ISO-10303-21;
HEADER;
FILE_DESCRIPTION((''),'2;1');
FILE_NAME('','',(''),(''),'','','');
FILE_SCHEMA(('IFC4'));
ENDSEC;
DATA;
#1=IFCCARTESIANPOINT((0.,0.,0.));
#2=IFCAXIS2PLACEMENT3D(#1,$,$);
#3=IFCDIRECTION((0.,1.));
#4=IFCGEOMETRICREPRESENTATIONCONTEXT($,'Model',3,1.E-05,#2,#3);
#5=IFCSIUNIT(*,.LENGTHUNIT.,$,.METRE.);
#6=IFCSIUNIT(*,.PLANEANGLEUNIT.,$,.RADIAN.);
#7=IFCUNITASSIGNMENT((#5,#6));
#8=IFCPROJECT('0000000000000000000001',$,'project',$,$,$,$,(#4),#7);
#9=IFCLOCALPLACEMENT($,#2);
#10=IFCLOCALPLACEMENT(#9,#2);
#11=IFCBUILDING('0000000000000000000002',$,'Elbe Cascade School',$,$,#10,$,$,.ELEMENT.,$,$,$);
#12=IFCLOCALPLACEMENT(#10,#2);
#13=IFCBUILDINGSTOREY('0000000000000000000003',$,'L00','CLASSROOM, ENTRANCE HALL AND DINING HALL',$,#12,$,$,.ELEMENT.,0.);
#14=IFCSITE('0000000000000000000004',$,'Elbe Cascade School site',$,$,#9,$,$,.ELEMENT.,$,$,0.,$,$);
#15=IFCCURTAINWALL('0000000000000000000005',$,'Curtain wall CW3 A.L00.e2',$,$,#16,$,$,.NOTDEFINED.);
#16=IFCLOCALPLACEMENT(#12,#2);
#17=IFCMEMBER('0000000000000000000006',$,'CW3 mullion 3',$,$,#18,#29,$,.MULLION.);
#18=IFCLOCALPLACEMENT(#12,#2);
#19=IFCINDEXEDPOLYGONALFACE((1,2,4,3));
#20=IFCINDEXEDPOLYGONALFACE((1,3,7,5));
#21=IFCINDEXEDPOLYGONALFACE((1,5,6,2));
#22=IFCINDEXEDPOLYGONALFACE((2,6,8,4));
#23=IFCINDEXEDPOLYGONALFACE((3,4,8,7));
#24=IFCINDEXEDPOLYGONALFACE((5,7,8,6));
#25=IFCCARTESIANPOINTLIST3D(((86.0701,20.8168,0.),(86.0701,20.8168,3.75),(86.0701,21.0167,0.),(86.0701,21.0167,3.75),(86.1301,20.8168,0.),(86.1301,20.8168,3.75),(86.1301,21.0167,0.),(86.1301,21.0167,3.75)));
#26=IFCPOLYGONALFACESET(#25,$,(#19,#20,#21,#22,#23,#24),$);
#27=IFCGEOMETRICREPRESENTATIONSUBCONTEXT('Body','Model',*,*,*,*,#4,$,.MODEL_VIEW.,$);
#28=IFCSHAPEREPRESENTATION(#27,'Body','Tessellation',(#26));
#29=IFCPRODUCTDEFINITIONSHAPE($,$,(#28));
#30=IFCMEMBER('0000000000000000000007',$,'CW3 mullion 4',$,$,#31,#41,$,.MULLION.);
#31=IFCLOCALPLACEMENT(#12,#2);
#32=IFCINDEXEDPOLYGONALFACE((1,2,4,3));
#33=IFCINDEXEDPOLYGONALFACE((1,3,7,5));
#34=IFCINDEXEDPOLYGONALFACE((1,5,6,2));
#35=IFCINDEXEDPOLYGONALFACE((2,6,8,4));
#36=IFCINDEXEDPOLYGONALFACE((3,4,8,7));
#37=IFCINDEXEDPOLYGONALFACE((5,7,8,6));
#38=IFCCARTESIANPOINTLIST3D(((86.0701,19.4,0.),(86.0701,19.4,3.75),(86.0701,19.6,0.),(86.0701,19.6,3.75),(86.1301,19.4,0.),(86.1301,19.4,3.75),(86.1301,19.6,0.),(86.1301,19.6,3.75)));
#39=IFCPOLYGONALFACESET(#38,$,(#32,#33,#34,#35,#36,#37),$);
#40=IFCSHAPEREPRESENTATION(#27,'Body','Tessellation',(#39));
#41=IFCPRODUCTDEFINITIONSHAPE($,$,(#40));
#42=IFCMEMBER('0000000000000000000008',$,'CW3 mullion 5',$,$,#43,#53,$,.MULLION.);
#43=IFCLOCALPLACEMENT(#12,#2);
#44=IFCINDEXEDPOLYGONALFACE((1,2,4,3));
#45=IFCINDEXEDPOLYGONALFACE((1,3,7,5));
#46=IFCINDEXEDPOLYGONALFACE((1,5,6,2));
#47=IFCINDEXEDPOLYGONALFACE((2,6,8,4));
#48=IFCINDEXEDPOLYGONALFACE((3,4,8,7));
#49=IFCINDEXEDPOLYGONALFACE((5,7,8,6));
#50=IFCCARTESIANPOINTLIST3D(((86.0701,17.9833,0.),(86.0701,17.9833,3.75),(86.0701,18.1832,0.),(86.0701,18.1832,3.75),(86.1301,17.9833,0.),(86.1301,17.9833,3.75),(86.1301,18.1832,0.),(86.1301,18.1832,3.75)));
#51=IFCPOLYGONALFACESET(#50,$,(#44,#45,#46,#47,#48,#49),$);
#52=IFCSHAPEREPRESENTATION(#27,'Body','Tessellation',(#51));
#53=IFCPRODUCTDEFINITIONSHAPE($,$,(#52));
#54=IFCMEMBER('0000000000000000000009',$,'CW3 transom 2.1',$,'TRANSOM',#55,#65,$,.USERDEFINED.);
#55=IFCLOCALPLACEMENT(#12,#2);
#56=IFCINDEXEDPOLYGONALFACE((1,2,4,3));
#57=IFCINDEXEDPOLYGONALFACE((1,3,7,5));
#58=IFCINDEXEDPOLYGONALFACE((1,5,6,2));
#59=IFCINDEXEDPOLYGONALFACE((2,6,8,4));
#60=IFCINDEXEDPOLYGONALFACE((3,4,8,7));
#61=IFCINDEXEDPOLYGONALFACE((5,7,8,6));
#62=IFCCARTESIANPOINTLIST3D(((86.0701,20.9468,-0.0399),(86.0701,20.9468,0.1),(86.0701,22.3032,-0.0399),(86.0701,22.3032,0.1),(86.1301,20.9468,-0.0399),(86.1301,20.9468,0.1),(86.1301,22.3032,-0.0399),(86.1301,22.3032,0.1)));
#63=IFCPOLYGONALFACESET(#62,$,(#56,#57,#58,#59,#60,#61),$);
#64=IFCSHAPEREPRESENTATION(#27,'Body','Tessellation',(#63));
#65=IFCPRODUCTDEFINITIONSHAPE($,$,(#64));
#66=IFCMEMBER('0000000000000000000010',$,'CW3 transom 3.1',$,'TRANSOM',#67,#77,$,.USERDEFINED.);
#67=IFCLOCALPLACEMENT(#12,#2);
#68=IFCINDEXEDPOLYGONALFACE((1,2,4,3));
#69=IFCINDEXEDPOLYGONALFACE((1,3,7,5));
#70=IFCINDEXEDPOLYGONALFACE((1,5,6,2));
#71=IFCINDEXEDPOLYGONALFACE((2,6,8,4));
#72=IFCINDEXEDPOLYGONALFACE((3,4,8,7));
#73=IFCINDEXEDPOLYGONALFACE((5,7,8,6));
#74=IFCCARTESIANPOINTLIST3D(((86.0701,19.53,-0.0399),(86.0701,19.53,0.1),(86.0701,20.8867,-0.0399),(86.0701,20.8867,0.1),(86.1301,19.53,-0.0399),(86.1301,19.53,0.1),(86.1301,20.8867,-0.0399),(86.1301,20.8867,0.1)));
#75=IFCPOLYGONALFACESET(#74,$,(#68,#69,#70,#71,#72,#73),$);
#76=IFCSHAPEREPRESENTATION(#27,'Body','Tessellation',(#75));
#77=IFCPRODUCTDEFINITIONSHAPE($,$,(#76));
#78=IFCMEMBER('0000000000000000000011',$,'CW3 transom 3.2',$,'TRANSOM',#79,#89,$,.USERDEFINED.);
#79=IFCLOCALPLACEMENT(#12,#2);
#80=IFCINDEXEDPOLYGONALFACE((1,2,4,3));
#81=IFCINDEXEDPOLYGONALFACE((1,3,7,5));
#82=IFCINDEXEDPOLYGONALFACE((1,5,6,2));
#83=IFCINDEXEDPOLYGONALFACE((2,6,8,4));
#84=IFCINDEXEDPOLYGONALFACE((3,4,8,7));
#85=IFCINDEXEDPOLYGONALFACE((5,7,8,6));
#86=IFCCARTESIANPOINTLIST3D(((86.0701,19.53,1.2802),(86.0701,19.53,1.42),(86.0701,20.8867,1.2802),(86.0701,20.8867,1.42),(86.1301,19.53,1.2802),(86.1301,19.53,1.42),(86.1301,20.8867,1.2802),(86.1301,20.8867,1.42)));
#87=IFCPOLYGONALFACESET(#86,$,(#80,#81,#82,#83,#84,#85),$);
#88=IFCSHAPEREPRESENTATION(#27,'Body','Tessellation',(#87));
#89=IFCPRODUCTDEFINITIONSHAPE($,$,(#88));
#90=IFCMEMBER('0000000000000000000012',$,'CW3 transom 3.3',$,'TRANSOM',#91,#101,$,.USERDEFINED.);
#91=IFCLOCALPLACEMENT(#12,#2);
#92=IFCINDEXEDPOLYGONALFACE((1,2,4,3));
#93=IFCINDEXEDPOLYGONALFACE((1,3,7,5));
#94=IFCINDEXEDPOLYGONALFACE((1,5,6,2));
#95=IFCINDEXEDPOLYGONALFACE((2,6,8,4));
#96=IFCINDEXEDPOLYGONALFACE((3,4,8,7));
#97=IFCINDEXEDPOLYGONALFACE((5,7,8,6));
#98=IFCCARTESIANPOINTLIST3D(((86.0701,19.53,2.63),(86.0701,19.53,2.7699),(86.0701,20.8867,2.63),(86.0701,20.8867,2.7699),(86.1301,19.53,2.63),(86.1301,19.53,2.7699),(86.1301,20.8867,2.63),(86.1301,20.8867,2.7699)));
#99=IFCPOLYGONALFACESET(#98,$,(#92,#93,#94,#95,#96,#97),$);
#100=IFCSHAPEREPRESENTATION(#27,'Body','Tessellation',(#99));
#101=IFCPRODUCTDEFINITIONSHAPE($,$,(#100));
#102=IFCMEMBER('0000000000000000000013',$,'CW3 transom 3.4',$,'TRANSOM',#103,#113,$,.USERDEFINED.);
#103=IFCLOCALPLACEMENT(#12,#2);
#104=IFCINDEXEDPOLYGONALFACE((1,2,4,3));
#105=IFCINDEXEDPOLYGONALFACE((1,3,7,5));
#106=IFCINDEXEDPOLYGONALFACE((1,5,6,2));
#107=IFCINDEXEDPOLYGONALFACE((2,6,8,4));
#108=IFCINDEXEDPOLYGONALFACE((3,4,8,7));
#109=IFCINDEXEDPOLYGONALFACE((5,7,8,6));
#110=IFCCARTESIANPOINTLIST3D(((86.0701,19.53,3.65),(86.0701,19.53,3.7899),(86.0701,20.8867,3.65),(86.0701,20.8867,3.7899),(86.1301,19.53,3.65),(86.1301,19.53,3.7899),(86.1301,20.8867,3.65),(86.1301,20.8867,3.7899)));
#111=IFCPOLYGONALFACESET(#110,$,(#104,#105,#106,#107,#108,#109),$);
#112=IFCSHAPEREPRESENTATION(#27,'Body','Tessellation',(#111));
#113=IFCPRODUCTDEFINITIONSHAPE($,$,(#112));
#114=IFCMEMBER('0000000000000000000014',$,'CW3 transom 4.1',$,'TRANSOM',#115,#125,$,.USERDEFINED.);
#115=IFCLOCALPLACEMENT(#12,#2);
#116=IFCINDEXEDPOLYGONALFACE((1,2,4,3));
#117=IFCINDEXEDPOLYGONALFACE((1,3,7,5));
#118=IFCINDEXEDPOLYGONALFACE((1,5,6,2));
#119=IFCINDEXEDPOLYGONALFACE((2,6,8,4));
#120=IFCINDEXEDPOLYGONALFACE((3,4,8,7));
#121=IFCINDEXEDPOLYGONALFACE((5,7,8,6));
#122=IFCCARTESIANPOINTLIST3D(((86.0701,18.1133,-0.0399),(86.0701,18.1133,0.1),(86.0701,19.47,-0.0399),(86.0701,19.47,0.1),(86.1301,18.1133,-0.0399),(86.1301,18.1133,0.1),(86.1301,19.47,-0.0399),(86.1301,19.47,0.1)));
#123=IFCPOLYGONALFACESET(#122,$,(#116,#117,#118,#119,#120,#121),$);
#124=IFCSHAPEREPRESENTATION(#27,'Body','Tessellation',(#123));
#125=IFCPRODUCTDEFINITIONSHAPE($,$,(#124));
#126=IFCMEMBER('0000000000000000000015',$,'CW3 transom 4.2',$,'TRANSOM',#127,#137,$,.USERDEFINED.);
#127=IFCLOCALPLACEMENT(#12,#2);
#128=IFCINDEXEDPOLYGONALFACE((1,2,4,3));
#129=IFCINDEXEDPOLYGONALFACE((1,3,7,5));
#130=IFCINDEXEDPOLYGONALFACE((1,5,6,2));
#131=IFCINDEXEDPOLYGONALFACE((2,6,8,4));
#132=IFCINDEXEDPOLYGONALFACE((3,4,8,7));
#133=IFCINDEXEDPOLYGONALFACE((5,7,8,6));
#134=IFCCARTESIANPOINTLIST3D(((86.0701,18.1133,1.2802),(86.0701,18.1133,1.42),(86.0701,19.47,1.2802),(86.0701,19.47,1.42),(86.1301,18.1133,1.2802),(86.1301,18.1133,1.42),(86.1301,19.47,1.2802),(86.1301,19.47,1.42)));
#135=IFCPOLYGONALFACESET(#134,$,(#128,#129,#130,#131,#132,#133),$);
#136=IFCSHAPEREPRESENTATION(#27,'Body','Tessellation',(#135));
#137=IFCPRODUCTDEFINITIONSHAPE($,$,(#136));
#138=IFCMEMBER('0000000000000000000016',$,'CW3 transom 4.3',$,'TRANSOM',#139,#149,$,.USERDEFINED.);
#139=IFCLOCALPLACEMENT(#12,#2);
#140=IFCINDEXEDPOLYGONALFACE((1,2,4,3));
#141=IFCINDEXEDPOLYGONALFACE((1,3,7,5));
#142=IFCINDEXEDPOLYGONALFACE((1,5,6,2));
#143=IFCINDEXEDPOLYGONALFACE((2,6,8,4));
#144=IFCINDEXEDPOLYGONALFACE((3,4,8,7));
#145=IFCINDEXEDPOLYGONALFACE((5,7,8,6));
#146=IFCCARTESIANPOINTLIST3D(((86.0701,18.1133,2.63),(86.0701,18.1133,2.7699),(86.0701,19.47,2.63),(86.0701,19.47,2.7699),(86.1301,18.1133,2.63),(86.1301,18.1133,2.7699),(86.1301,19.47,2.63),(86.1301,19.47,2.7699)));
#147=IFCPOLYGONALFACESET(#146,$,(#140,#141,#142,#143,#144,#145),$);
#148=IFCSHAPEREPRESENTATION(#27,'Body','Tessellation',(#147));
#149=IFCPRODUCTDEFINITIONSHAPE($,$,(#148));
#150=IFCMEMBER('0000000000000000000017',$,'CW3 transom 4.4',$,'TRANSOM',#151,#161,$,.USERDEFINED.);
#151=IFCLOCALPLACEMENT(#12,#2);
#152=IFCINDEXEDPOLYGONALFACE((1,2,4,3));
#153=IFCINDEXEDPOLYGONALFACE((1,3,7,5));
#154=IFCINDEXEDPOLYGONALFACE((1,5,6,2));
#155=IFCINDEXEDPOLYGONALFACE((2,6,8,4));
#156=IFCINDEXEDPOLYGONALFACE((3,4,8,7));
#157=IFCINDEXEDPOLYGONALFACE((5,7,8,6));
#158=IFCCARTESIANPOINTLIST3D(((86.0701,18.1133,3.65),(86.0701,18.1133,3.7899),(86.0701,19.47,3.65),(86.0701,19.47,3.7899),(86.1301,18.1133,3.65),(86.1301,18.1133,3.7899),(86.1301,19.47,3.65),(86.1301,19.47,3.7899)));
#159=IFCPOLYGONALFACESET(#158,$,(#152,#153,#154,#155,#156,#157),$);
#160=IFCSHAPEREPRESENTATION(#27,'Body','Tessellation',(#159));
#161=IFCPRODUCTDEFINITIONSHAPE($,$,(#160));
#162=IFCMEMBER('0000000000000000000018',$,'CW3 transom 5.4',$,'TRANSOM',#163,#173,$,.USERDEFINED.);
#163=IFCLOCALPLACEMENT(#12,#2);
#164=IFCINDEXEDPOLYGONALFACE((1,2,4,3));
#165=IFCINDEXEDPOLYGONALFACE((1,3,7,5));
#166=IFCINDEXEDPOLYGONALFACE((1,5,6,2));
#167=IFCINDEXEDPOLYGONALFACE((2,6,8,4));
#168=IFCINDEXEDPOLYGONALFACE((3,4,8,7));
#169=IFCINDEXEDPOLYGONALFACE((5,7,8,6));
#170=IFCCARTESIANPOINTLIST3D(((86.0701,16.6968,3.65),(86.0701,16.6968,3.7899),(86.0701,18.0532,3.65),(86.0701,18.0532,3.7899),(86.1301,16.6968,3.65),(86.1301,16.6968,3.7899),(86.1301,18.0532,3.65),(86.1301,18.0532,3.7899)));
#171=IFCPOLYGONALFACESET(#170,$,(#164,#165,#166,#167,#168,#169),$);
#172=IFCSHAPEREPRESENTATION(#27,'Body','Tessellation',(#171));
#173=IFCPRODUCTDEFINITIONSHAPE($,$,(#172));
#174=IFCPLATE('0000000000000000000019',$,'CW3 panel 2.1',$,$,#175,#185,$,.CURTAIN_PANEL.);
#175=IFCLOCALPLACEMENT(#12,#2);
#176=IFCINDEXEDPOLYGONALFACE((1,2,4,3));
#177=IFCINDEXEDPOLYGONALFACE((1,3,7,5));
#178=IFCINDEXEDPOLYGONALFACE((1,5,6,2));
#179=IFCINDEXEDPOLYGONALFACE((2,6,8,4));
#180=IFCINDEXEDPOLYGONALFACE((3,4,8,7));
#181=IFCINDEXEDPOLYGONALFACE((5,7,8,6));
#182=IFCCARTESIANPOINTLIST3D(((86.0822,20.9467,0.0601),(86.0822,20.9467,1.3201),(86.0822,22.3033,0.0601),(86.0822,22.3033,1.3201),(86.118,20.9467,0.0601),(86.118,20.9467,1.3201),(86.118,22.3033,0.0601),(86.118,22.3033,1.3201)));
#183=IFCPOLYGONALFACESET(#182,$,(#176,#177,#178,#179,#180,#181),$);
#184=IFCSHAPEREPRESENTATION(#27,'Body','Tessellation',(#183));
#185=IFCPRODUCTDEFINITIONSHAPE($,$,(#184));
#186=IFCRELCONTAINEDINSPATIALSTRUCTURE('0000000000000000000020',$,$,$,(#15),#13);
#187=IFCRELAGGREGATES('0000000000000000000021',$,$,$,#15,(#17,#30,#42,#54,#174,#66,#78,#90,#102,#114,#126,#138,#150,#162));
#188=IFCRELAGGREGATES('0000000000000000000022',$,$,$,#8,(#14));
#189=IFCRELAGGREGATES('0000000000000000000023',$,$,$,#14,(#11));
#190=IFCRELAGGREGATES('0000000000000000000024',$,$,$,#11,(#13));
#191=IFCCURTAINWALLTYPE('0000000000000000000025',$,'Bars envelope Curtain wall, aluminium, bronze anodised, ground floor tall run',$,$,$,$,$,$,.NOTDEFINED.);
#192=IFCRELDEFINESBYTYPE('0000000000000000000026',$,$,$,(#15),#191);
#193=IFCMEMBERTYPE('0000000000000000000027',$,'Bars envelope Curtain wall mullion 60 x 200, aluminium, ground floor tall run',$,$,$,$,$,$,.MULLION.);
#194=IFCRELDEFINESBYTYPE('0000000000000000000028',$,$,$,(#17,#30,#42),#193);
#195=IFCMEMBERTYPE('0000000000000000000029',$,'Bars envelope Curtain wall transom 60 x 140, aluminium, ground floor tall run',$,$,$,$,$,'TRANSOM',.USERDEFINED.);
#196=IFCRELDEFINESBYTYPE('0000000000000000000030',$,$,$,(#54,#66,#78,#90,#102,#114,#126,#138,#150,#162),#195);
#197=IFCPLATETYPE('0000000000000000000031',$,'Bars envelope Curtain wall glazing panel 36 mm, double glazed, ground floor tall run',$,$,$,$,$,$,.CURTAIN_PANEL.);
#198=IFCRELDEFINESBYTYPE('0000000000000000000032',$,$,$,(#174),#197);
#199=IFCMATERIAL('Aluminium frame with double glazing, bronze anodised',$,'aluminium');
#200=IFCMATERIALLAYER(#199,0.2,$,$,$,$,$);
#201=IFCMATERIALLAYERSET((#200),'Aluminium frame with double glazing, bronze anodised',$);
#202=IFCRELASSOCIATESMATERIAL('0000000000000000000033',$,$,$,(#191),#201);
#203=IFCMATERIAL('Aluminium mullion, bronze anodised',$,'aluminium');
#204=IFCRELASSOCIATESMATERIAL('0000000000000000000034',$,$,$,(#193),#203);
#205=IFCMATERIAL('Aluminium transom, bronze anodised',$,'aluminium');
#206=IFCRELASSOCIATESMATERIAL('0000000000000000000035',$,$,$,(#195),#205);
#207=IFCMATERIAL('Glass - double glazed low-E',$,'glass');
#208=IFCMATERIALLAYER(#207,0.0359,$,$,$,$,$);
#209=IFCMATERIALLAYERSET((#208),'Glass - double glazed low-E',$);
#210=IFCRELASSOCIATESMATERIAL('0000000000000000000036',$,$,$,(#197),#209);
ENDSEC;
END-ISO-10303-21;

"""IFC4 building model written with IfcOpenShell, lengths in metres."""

from ifc_helpers import new_model, si_unit, direction, frame, origin, origin_2d, place, context, subcontext, project, spatial, rectangle, extrude, material, layer, layer_set, material_profile, profile_set, type_object, element, aggregate, save


model = new_model("IFC4")

# Units and contexts
model_context = context("Model", 3, precision=1e-05, world=origin(), true_north=direction((0.0, 1.0)))
body_context = subcontext(model_context, "Body", "Model", "MODEL_VIEW")
ifc_project = project(units=[si_unit("LENGTHUNIT", "METRE"), si_unit("PLANEANGLEUNIT", "RADIAN")], contexts=[model_context])

# Site, building, storey
site_placement = place(None, origin())
site = spatial("IfcSite", under=ifc_project, at=site_placement, Name="Elbe Cascade School site", CompositionType="ELEMENT", RefElevation=0.0)
building_placement = place(site_placement, origin())
building = spatial("IfcBuilding", under=site, at=building_placement, Name="Elbe Cascade School", CompositionType="ELEMENT")
storey_placement = place(building_placement, origin())
storey = spatial("IfcBuildingStorey", under=building, at=storey_placement, Name="L00", Description="CLASSROOM, ENTRANCE HALL AND DINING HALL", CompositionType="ELEMENT", Elevation=0.0)

# Curtain wall, members, plate
ifc_material_1 = material(Name="Aluminium frame with double glazing, bronze anodised", Category="aluminium")
ifc_layer_1 = layer(ifc_material_1, 0.2)
ifc_layer_set_1 = layer_set([ifc_layer_1], Name="Aluminium frame with double glazing, bronze anodised")
curtain_wall_type = type_object("IfcCurtainWallType", Name="Bars envelope Curtain wall, aluminium, bronze anodised, ground floor tall run", PredefinedType="NOTDEFINED", material=ifc_layer_set_1)
curtain_wall_placement = place(storey_placement, origin())
curtain_wall = element("IfcCurtainWall", 1, at=curtain_wall_placement, inside=storey, type_object=curtain_wall_type, Name="Curtain wall CW3 A.L00.e2", PredefinedType="NOTDEFINED")
ifc_material_2 = material(Name="Aluminium mullion, bronze anodised", Category="aluminium")
ifc_material_profile_1 = material_profile(ifc_material_2, rectangle(XDim=0.0601, YDim=0.2, at=origin_2d()), Name="Bars envelope Curtain wall mullion 60 x 200, aluminium, ground floor tall run")
ifc_profile_set_1 = profile_set([ifc_material_profile_1], Name="Aluminium mullion, bronze anodised")
member_type_1 = type_object("IfcMemberType", Name="Bars envelope Curtain wall mullion 60 x 200, aluminium, ground floor tall run", PredefinedType="MULLION", material=ifc_profile_set_1)
member_1_placement = place(storey_placement, frame((86.1001, 20.9167, 0.0), z_axis=(0.0, 0.0, 1.0), x_axis=(1.0, 0.0, 0.0)))
member_1 = element("IfcMember", 2, at=member_1_placement, type_object=member_type_1, Name="CW3 mullion 3", PredefinedType="MULLION", context=body_context, shape_type="SweptSolid", body=[
    extrude(rectangle(XDim=0.0601, YDim=0.2, at=origin_2d()), origin(), (0.0, 0.0, 1.0), 3.75),
])
member_2_placement = place(storey_placement, frame((86.1001, 19.5, 0.0), z_axis=(0.0, 0.0, 1.0), x_axis=(1.0, 0.0, 0.0)))
member_2 = element("IfcMember", 3, at=member_2_placement, type_object=member_type_1, Name="CW3 mullion 4", PredefinedType="MULLION", context=body_context, shape_type="SweptSolid", body=[
    extrude(rectangle(XDim=0.0601, YDim=0.2, at=origin_2d()), origin(), (0.0, 0.0, 1.0), 3.75),
])
member_3_placement = place(storey_placement, frame((86.1001, 18.0833, 0.0), z_axis=(0.0, 0.0, 1.0), x_axis=(1.0, 0.0, 0.0)))
member_3 = element("IfcMember", 4, at=member_3_placement, type_object=member_type_1, Name="CW3 mullion 5", PredefinedType="MULLION", context=body_context, shape_type="SweptSolid", body=[
    extrude(rectangle(XDim=0.0601, YDim=0.2, at=origin_2d()), origin(), (0.0, 0.0, 1.0), 3.75),
])
ifc_material_3 = material(Name="Aluminium transom, bronze anodised", Category="aluminium")
ifc_material_profile_2 = material_profile(ifc_material_3, rectangle(XDim=0.0601, YDim=0.1399, at=origin_2d()), Name="Bars envelope Curtain wall transom 60 x 140, aluminium, ground floor tall run")
ifc_profile_set_2 = profile_set([ifc_material_profile_2], Name="Aluminium transom, bronze anodised")
member_type_2 = type_object("IfcMemberType", Name="Bars envelope Curtain wall transom 60 x 140, aluminium, ground floor tall run", ElementType="TRANSOM", PredefinedType="USERDEFINED", material=ifc_profile_set_2)
member_4_placement = place(storey_placement, frame((86.1001, 22.3032, 0.03), z_axis=(0.0, -1.0, 0.0), x_axis=(1.0, 0.0, 0.0)))
member_4 = element("IfcMember", 5, at=member_4_placement, type_object=member_type_2, Name="CW3 transom 2.1", ObjectType="TRANSOM", PredefinedType="USERDEFINED", context=body_context, shape_type="SweptSolid", body=[
    extrude(rectangle(XDim=0.0601, YDim=0.1399, at=origin_2d()), origin(), (0.0, 0.0, 1.0), 1.3564),
])
member_5_placement = place(storey_placement, frame((86.1001, 20.8867, 0.03), z_axis=(0.0, -1.0, 0.0), x_axis=(1.0, 0.0, 0.0)))
member_5 = element("IfcMember", 6, at=member_5_placement, type_object=member_type_2, Name="CW3 transom 3.1", ObjectType="TRANSOM", PredefinedType="USERDEFINED", context=body_context, shape_type="SweptSolid", body=[
    extrude(rectangle(XDim=0.0601, YDim=0.1399, at=origin_2d()), origin(), (0.0, 0.0, 1.0), 1.3567),
])
member_6_placement = place(storey_placement, frame((86.1001, 20.8867, 1.3501), z_axis=(0.0, -1.0, 0.0), x_axis=(1.0, 0.0, 0.0)))
member_6 = element("IfcMember", 7, at=member_6_placement, type_object=member_type_2, Name="CW3 transom 3.2", ObjectType="TRANSOM", PredefinedType="USERDEFINED", context=body_context, shape_type="SweptSolid", body=[
    extrude(rectangle(XDim=0.0601, YDim=0.1399, at=origin_2d()), origin(), (0.0, 0.0, 1.0), 1.3567),
])
member_7_placement = place(storey_placement, frame((86.1001, 20.8867, 2.7), z_axis=(0.0, -1.0, 0.0), x_axis=(1.0, 0.0, 0.0)))
member_7 = element("IfcMember", 8, at=member_7_placement, type_object=member_type_2, Name="CW3 transom 3.3", ObjectType="TRANSOM", PredefinedType="USERDEFINED", context=body_context, shape_type="SweptSolid", body=[
    extrude(rectangle(XDim=0.0601, YDim=0.1399, at=origin_2d()), origin(), (0.0, 0.0, 1.0), 1.3567),
])
member_8_placement = place(storey_placement, frame((86.1001, 20.8867, 3.72), z_axis=(0.0, -1.0, 0.0), x_axis=(1.0, 0.0, 0.0)))
member_8 = element("IfcMember", 9, at=member_8_placement, type_object=member_type_2, Name="CW3 transom 3.4", ObjectType="TRANSOM", PredefinedType="USERDEFINED", context=body_context, shape_type="SweptSolid", body=[
    extrude(rectangle(XDim=0.0601, YDim=0.1399, at=origin_2d()), origin(), (0.0, 0.0, 1.0), 1.3567),
])
member_9_placement = place(storey_placement, frame((86.1001, 19.47, 0.03), z_axis=(0.0, -1.0, 0.0), x_axis=(1.0, 0.0, 0.0)))
member_9 = element("IfcMember", 10, at=member_9_placement, type_object=member_type_2, Name="CW3 transom 4.1", ObjectType="TRANSOM", PredefinedType="USERDEFINED", context=body_context, shape_type="SweptSolid", body=[
    extrude(rectangle(XDim=0.0601, YDim=0.1399, at=origin_2d()), origin(), (0.0, 0.0, 1.0), 1.3567),
])
member_10_placement = place(storey_placement, frame((86.1001, 19.47, 1.3501), z_axis=(0.0, -1.0, 0.0), x_axis=(1.0, 0.0, 0.0)))
member_10 = element("IfcMember", 11, at=member_10_placement, type_object=member_type_2, Name="CW3 transom 4.2", ObjectType="TRANSOM", PredefinedType="USERDEFINED", context=body_context, shape_type="SweptSolid", body=[
    extrude(rectangle(XDim=0.0601, YDim=0.1399, at=origin_2d()), origin(), (0.0, 0.0, 1.0), 1.3567),
])
member_11_placement = place(storey_placement, frame((86.1001, 19.47, 2.7), z_axis=(0.0, -1.0, 0.0), x_axis=(1.0, 0.0, 0.0)))
member_11 = element("IfcMember", 12, at=member_11_placement, type_object=member_type_2, Name="CW3 transom 4.3", ObjectType="TRANSOM", PredefinedType="USERDEFINED", context=body_context, shape_type="SweptSolid", body=[
    extrude(rectangle(XDim=0.0601, YDim=0.1399, at=origin_2d()), origin(), (0.0, 0.0, 1.0), 1.3567),
])
member_12_placement = place(storey_placement, frame((86.1001, 19.47, 3.72), z_axis=(0.0, -1.0, 0.0), x_axis=(1.0, 0.0, 0.0)))
member_12 = element("IfcMember", 13, at=member_12_placement, type_object=member_type_2, Name="CW3 transom 4.4", ObjectType="TRANSOM", PredefinedType="USERDEFINED", context=body_context, shape_type="SweptSolid", body=[
    extrude(rectangle(XDim=0.0601, YDim=0.1399, at=origin_2d()), origin(), (0.0, 0.0, 1.0), 1.3567),
])
member_13_placement = place(storey_placement, frame((86.1001, 18.0532, 3.72), z_axis=(0.0, -1.0, 0.0), x_axis=(1.0, 0.0, 0.0)))
member_13 = element("IfcMember", 14, at=member_13_placement, type_object=member_type_2, Name="CW3 transom 5.4", ObjectType="TRANSOM", PredefinedType="USERDEFINED", context=body_context, shape_type="SweptSolid", body=[
    extrude(rectangle(XDim=0.0601, YDim=0.1399, at=origin_2d()), origin(), (0.0, 0.0, 1.0), 1.3564),
])
ifc_material_4 = material(Name="Glass - double glazed low-E", Category="glass")
ifc_layer_2 = layer(ifc_material_4, 0.0359)
ifc_layer_set_2 = layer_set([ifc_layer_2], Name="Glass - double glazed low-E")
plate_type = type_object("IfcPlateType", Name="Bars envelope Curtain wall glazing panel 36 mm, double glazed, ground floor tall run", PredefinedType="CURTAIN_PANEL", material=ifc_layer_set_2)
plate_1_placement = place(storey_placement, frame((86.1001, 21.625, 0.0601), z_axis=(0.0, 0.0, 1.0), x_axis=(0.0, -1.0, 0.0)))
plate_1 = element("IfcPlate", 15, at=plate_1_placement, type_object=plate_type, Name="CW3 panel 2.1", PredefinedType="CURTAIN_PANEL", context=body_context, shape_type="SweptSolid", body=[
    extrude(rectangle(XDim=1.3567, YDim=0.0359, at=origin_2d()), origin(), (0.0, 0.0, 1.0), 1.26),
])
aggregate(curtain_wall, [member_1, member_2, member_3, member_4, plate_1, member_5, member_6, member_7, member_8, member_9, member_10, member_11, member_12, member_13])

save(model, "model.ifc")
